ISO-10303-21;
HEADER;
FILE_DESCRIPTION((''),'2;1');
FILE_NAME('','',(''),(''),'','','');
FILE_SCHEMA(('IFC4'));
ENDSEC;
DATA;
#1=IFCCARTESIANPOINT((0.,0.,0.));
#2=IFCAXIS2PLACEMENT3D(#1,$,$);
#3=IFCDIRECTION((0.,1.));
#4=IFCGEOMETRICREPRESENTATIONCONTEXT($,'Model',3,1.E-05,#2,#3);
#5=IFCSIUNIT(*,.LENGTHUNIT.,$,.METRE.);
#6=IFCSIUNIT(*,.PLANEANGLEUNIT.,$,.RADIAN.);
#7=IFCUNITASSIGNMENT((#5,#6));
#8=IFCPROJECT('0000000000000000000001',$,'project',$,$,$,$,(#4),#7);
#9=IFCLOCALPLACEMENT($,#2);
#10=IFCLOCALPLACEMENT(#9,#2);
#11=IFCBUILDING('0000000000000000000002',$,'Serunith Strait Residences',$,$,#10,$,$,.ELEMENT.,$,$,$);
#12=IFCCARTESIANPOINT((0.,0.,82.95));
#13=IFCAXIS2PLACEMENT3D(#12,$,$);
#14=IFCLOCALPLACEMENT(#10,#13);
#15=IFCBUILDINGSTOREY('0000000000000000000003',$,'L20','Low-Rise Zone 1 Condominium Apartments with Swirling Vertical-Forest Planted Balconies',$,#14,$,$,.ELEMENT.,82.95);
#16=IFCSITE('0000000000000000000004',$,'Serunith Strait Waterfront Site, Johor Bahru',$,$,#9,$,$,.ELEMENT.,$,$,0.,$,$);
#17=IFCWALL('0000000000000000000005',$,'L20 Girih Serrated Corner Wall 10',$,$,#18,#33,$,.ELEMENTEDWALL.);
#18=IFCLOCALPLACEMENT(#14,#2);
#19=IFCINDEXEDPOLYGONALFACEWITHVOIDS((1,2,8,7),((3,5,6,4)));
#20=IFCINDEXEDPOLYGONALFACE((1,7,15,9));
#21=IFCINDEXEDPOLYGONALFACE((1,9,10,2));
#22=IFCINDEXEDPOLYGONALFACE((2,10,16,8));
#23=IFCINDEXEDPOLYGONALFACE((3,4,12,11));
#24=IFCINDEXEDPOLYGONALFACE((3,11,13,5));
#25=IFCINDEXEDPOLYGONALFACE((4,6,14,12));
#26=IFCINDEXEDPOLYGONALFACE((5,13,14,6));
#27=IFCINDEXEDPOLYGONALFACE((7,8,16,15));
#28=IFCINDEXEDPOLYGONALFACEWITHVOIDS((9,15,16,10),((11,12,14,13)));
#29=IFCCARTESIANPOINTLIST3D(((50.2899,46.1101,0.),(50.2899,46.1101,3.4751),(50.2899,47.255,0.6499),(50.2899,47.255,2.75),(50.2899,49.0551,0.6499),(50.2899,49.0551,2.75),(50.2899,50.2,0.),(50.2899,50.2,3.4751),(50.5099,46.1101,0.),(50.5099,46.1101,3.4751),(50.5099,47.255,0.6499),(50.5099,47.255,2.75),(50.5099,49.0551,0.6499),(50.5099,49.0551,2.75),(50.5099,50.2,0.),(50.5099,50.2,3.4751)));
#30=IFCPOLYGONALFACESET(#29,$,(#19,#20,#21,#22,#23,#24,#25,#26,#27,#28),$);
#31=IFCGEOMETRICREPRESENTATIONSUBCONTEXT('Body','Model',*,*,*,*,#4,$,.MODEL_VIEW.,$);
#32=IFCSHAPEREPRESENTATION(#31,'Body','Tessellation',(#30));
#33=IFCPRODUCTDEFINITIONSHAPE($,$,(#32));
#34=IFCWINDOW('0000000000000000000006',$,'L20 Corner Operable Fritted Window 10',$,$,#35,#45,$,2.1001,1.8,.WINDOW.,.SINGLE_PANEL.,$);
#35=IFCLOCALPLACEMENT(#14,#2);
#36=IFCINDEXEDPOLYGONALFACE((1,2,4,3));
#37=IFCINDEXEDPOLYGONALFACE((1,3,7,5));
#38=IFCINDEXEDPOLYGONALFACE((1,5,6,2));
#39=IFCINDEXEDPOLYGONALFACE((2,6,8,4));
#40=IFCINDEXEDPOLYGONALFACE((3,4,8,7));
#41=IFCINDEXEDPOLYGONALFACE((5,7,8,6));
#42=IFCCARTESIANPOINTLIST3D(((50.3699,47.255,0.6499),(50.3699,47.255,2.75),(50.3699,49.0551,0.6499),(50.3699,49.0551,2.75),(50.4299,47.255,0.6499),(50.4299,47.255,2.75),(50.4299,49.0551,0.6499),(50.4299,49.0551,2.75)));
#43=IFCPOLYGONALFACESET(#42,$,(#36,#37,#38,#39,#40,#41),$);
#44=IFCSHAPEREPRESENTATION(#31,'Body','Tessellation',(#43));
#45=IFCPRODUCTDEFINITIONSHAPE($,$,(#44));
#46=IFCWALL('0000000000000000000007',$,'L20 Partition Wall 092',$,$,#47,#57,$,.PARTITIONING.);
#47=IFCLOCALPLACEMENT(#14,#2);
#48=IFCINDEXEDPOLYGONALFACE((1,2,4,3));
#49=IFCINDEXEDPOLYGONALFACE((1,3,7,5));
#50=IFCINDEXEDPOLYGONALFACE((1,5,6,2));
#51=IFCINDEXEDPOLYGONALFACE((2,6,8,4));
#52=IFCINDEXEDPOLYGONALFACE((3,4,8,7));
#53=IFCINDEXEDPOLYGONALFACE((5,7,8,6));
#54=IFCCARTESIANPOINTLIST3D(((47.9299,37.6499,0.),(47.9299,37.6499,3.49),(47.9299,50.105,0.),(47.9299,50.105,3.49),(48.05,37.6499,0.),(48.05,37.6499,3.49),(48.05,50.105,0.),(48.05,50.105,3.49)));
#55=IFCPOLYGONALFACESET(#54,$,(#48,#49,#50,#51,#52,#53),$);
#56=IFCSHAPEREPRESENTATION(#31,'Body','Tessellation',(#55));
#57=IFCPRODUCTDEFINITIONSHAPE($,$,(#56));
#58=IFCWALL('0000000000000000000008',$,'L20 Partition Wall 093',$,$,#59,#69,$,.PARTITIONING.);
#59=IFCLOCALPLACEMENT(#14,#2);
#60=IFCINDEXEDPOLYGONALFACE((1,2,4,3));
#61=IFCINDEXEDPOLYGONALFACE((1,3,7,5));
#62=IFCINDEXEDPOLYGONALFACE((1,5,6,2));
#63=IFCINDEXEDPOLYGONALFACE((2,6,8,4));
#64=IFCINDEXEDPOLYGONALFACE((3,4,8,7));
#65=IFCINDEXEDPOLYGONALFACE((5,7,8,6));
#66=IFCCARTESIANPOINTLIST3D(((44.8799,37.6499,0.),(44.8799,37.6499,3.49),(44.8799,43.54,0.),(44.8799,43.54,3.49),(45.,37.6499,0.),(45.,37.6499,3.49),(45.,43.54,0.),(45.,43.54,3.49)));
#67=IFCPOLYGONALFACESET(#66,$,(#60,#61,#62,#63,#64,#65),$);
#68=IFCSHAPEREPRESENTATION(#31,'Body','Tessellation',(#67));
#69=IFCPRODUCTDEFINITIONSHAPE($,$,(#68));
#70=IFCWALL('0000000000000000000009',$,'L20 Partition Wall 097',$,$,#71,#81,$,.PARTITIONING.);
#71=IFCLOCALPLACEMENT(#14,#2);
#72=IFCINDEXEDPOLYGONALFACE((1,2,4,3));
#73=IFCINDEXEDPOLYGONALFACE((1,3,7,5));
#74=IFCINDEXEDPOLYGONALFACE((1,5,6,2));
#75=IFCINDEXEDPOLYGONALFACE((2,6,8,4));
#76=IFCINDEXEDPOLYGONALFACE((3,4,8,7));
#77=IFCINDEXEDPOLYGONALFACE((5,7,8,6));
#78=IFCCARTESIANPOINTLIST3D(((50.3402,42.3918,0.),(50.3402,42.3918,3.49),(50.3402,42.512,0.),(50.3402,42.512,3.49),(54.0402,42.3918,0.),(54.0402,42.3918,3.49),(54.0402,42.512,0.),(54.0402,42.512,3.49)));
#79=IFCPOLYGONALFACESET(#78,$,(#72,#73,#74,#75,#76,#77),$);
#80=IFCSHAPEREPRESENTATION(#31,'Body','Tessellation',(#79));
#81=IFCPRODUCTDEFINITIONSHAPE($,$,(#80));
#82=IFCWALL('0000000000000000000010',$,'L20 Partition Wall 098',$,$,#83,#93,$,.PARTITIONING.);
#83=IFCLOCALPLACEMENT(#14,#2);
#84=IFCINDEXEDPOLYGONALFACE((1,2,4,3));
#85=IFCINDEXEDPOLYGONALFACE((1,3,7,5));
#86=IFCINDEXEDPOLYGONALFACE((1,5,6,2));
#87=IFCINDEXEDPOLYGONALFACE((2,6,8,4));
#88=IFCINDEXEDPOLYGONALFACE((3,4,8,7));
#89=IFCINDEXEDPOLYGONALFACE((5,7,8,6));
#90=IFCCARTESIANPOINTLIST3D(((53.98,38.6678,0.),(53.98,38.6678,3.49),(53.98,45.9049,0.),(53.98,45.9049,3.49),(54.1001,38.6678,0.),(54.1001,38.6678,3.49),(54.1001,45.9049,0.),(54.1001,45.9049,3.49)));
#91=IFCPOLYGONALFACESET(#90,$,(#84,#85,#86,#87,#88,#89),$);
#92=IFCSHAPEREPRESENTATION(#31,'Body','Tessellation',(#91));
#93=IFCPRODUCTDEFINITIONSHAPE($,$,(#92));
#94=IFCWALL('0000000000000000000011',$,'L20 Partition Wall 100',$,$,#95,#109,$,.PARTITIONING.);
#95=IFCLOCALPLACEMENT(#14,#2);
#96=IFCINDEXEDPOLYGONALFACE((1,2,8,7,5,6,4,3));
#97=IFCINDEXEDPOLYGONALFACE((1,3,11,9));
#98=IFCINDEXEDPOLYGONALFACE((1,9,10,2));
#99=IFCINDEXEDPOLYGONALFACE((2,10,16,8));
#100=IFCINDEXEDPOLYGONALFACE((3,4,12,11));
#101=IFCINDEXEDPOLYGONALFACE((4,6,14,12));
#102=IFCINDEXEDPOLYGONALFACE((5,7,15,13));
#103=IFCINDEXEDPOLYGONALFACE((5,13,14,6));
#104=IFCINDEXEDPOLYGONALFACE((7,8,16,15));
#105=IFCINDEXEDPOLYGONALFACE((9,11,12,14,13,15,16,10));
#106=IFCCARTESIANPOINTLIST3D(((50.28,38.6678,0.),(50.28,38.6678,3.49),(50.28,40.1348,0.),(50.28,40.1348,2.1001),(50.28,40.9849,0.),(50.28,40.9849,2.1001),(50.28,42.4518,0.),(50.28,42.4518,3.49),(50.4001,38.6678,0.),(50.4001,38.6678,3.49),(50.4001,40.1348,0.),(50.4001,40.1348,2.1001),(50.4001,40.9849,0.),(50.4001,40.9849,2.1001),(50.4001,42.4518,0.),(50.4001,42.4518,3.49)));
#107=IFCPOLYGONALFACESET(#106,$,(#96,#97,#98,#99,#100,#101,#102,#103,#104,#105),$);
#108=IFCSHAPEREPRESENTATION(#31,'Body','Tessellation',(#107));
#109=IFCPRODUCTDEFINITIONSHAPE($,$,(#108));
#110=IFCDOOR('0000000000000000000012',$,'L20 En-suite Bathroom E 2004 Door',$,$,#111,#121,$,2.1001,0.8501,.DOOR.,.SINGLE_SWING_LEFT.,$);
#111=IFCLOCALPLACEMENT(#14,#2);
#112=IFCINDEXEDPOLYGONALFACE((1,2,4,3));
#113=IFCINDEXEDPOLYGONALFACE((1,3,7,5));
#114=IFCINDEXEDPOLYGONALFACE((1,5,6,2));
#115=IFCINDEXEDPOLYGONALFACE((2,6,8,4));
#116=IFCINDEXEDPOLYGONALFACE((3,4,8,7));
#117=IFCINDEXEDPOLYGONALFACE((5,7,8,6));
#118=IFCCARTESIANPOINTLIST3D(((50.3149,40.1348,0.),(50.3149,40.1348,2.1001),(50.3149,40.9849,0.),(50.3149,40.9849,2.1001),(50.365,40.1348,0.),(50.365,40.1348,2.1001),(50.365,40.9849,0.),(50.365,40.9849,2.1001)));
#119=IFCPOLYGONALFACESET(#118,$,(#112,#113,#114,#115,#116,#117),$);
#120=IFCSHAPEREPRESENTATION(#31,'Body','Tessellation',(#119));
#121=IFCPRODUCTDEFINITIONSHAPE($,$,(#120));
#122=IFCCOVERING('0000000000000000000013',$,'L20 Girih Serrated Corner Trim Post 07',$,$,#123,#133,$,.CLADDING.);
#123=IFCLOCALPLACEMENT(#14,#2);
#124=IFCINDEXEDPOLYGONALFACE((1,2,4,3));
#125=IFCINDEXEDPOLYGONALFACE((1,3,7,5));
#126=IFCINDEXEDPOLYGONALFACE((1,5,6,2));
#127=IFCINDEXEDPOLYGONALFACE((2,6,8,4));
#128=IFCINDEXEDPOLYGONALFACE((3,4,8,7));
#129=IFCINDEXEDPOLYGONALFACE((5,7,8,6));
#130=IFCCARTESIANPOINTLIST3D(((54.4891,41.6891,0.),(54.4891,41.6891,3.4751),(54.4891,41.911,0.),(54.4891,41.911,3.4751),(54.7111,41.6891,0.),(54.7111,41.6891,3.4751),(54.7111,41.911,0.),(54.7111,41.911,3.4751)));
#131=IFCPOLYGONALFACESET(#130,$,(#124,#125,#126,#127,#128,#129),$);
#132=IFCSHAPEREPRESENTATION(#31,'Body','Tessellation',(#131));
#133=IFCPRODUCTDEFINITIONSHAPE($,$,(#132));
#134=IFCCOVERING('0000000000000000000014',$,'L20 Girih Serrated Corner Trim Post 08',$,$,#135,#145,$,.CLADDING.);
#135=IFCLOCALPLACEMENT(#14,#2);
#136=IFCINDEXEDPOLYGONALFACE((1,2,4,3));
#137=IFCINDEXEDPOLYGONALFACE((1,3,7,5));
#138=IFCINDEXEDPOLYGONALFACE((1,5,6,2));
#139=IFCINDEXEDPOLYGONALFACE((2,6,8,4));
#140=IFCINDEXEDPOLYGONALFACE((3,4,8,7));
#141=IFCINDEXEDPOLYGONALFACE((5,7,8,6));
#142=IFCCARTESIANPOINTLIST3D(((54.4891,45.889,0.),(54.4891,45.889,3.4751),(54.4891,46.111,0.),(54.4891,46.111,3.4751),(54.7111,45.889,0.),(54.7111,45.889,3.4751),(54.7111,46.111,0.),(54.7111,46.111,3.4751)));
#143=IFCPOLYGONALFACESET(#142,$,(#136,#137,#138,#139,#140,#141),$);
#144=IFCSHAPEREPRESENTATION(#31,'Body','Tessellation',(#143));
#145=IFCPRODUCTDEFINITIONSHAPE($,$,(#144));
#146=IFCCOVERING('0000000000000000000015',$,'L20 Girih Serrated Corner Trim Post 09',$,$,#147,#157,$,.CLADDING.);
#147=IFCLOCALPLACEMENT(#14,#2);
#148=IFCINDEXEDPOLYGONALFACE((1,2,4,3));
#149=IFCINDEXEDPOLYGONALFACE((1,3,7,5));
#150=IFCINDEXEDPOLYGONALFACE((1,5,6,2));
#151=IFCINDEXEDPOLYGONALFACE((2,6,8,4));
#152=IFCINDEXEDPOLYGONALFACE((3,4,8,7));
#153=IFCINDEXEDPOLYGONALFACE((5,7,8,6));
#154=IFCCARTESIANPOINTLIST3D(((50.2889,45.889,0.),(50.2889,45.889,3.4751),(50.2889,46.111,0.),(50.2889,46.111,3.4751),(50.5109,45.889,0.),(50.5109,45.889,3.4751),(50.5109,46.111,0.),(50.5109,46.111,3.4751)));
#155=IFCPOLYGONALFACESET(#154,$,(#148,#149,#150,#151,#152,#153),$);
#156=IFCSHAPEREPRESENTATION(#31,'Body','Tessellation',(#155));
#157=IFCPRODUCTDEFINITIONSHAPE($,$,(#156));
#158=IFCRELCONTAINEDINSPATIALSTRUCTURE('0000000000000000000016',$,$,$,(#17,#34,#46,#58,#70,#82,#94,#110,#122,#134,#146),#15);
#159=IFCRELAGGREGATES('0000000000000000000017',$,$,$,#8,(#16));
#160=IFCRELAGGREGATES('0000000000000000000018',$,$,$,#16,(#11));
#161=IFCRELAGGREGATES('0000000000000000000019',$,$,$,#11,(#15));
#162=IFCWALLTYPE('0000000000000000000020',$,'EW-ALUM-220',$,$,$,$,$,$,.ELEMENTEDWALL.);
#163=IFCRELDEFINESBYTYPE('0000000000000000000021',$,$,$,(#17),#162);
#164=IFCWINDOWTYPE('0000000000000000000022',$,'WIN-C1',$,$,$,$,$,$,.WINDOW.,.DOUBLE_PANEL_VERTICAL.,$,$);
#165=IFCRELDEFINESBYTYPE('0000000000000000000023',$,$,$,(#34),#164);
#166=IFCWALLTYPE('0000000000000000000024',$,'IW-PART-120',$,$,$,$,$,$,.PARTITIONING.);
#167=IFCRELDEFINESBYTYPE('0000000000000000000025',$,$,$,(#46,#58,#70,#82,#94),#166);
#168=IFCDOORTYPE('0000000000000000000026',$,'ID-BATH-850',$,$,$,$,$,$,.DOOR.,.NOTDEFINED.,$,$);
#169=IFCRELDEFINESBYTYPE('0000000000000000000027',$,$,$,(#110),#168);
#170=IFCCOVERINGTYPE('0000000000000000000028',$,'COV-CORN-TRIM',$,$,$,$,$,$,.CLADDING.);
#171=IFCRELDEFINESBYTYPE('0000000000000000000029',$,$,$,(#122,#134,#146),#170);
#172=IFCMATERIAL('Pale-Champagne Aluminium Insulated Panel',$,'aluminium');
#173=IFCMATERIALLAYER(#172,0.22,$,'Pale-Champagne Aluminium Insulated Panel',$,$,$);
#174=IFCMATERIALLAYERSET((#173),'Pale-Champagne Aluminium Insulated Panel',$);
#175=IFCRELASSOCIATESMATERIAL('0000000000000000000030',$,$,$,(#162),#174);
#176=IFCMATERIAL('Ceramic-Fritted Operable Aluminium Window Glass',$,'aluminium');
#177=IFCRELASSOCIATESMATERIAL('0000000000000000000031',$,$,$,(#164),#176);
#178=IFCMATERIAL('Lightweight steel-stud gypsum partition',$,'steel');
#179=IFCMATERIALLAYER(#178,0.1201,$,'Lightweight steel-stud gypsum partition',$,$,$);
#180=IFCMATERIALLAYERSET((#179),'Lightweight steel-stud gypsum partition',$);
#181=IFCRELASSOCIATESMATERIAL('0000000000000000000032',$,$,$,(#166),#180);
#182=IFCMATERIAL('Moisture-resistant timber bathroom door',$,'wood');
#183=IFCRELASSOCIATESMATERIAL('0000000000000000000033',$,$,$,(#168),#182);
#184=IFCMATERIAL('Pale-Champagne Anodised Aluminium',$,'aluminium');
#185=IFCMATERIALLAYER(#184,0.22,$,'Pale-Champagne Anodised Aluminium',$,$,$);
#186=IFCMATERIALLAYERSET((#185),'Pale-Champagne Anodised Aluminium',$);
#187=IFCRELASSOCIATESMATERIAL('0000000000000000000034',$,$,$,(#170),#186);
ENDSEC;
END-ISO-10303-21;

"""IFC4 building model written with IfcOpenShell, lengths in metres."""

from ifc_helpers import new_model, si_unit, direction, frame, frame_2d, origin, origin_2d, place, context, subcontext, project, spatial, rectangle, extrude, source, transform, mapped, material, layer, layer_set, type_object, element, fill, save


model = new_model("IFC4")

# Units and contexts
model_context = context("Model", 3, precision=1e-05, world=origin(), true_north=direction((0.0, 1.0)))
body_context = subcontext(model_context, "Body", "Model", "MODEL_VIEW")
ifc_project = project(units=[si_unit("LENGTHUNIT", "METRE"), si_unit("PLANEANGLEUNIT", "RADIAN")], contexts=[model_context])

# Site, building, storey
site_placement = place(None, origin())
site = spatial("IfcSite", under=ifc_project, at=site_placement, Name="Serunith Strait Waterfront Site, Johor Bahru", CompositionType="ELEMENT", RefElevation=0.0)
building_placement = place(site_placement, origin())
building = spatial("IfcBuilding", under=site, at=building_placement, Name="Serunith Strait Residences", CompositionType="ELEMENT")
storey_placement = place(building_placement, frame((0.0, 0.0, 82.95)))
storey = spatial("IfcBuildingStorey", under=building, at=storey_placement, Name="L20", Description="Low-Rise Zone 1 Condominium Apartments with Swirling Vertical-Forest Planted Balconies", CompositionType="ELEMENT", Elevation=82.95)

# Shared definitions
ifc_material_1 = material(Name="Pale-Champagne Anodised Aluminium", Category="aluminium")

# Wall, opening, window
ifc_material_2 = material(Name="Pale-Champagne Aluminium Insulated Panel", Category="aluminium")
ifc_layer_1 = layer(ifc_material_2, 0.22, Name="Pale-Champagne Aluminium Insulated Panel")
ifc_layer_set_1 = layer_set([ifc_layer_1], Name="Pale-Champagne Aluminium Insulated Panel")
wall_type_1 = type_object("IfcWallType", Name="EW-ALUM-220", PredefinedType="ELEMENTEDWALL", material=ifc_layer_set_1)
ifc_material_3 = material(Name="Ceramic-Fritted Operable Aluminium Window Glass", Category="aluminium")
window_type = type_object("IfcWindowType", Name="WIN-C1", PartitioningType="DOUBLE_PANEL_VERTICAL", PredefinedType="WINDOW", material=ifc_material_3)
shared_shape_1 = source(origin(), body_context, "Body", "SweptSolid", [
    extrude(rectangle(XDim=1.8, YDim=2.1001, at=frame_2d((0.8999, 1.05))), frame((0.0, 0.03, 0.0), z_axis=(0.0, -1.0, 0.0), x_axis=(1.0, 0.0, 0.0)), (0.0, 0.0, 1.0), 0.0601),
])
wall_1_placement = place(storey_placement, frame((50.3999, 46.1101, 0.0), z_axis=(0.0, 0.0, 1.0), x_axis=(0.0, 1.0, 0.0)))
wall_1 = element("IfcWall", 1, at=wall_1_placement, inside=storey, type_object=wall_type_1, Name="L20 Girih Serrated Corner Wall 10", PredefinedType="ELEMENTEDWALL", context=body_context, shape_type="SweptSolid", body=[
    extrude(rectangle(XDim=4.0898, YDim=0.22, at=frame_2d((2.0449, 0.0))), origin(), (0.0, 0.0, 1.0), 3.4751),
])
opening_1_placement = place(wall_1_placement, frame((1.145, 0.0, 0.6499)))
opening_1 = element("IfcOpeningElement", 2, at=opening_1_placement, cuts=wall_1, PredefinedType="OPENING", context=body_context, shape_type="SweptSolid", body=[
    extrude(rectangle(XDim=1.8, YDim=2.1001, at=frame_2d((0.8999, 1.05))), frame((0.0, 0.1201, 0.0), z_axis=(0.0, -1.0, 0.0), x_axis=(1.0, 0.0, 0.0)), (0.0, 0.0, 1.0), 0.24),
])
window_1_placement = place(opening_1_placement, origin())
window_1 = element("IfcWindow", 3, at=window_1_placement, inside=storey, type_object=window_type, Name="L20 Corner Operable Fritted Window 10", OverallHeight=2.1001, OverallWidth=1.8, PartitioningType="SINGLE_PANEL", PredefinedType="WINDOW", context=body_context, shape_type="MappedRepresentation", body=[
    mapped(shared_shape_1, transform((0.0, 0.0, 0.0), scale=1.0)),
])
fill(opening_1, window_1)

# Walls
ifc_material_4 = material(Name="Lightweight steel-stud gypsum partition", Category="steel")
ifc_layer_2 = layer(ifc_material_4, 0.1201, Name="Lightweight steel-stud gypsum partition")
ifc_layer_set_2 = layer_set([ifc_layer_2], Name="Lightweight steel-stud gypsum partition")
wall_type_2 = type_object("IfcWallType", Name="IW-PART-120", PredefinedType="PARTITIONING", material=ifc_layer_set_2)
wall_2_placement = place(storey_placement, frame((47.99, 50.105, 0.0), z_axis=(0.0, 0.0, 1.0), x_axis=(0.0, -1.0, 0.0)))
element("IfcWall", 4, at=wall_2_placement, inside=storey, type_object=wall_type_2, Name="L20 Partition Wall 092", PredefinedType="PARTITIONING", context=body_context, shape_type="SweptSolid", body=[
    extrude(rectangle(XDim=12.4551, YDim=0.1201, at=frame_2d((6.2275, 0.0))), origin(), (0.0, 0.0, 1.0), 3.49),
])
wall_3_placement = place(storey_placement, frame((44.9399, 43.54, 0.0), z_axis=(0.0, 0.0, 1.0), x_axis=(0.0, -1.0, 0.0)))
element("IfcWall", 5, at=wall_3_placement, inside=storey, type_object=wall_type_2, Name="L20 Partition Wall 093", PredefinedType="PARTITIONING", context=body_context, shape_type="SweptSolid", body=[
    extrude(rectangle(XDim=5.8901, YDim=0.1201, at=frame_2d((2.9451, 0.0))), origin(), (0.0, 0.0, 1.0), 3.49),
])
wall_4_placement = place(storey_placement, frame((50.3401, 42.4519, 0.0), z_axis=(0.0, 0.0, 1.0), x_axis=(1.0, 0.0, 0.0)))
element("IfcWall", 6, at=wall_4_placement, inside=storey, type_object=wall_type_2, Name="L20 Partition Wall 097", PredefinedType="PARTITIONING", context=body_context, shape_type="SweptSolid", body=[
    extrude(rectangle(XDim=3.7, YDim=0.1201, at=frame_2d((1.8501, 0.0))), origin(), (0.0, 0.0, 1.0), 3.49),
])
wall_5_placement = place(storey_placement, frame((54.04, 45.905, 0.0), z_axis=(0.0, 0.0, 1.0), x_axis=(0.0, -1.0, 0.0)))
element("IfcWall", 7, at=wall_5_placement, inside=storey, type_object=wall_type_2, Name="L20 Partition Wall 098", PredefinedType="PARTITIONING", context=body_context, shape_type="SweptSolid", body=[
    extrude(rectangle(XDim=7.2371, YDim=0.1201, at=frame_2d((3.6187, 0.0))), origin(), (0.0, 0.0, 1.0), 3.49),
])

# Wall, opening, door
wall_6_placement = place(storey_placement, frame((50.3401, 42.4519, 0.0), z_axis=(0.0, 0.0, 1.0), x_axis=(0.0, -1.0, 0.0)))
wall_6 = element("IfcWall", 8, at=wall_6_placement, inside=storey, type_object=wall_type_2, Name="L20 Partition Wall 100", PredefinedType="PARTITIONING", context=body_context, shape_type="SweptSolid", body=[
    extrude(rectangle(XDim=3.7839, YDim=0.1201, at=frame_2d((1.8921, 0.0))), origin(), (0.0, 0.0, 1.0), 3.49),
])
opening_2_placement = place(wall_6_placement, frame((1.467, 0.0, 0.0)))
opening_2 = element("IfcOpeningElement", 9, at=opening_2_placement, cuts=wall_6, PredefinedType="OPENING", context=body_context, shape_type="SweptSolid", body=[
    extrude(rectangle(XDim=0.8501, YDim=2.1001, at=frame_2d((0.425, 1.05))), frame((0.0, 0.0701, 0.0), z_axis=(0.0, -1.0, 0.0), x_axis=(1.0, 0.0, 0.0)), (0.0, 0.0, 1.0), 0.1401),
])
ifc_material_5 = material(Name="Moisture-resistant timber bathroom door", Category="wood")
door_type = type_object("IfcDoorType", Name="ID-BATH-850", OperationType="NOTDEFINED", PredefinedType="DOOR", material=ifc_material_5)
shared_shape_2 = source(origin(), body_context, "Body", "SweptSolid", [
    extrude(rectangle(XDim=0.8501, YDim=2.1001, at=frame_2d((0.425, 1.05))), frame((0.0, 0.0249, 0.0), z_axis=(0.0, -1.0, 0.0), x_axis=(1.0, 0.0, 0.0)), (0.0, 0.0, 1.0), 0.05),
])
door_placement = place(opening_2_placement, origin())
door = element("IfcDoor", 10, at=door_placement, inside=storey, type_object=door_type, Name="L20 En-suite Bathroom E 2004 Door", OperationType="SINGLE_SWING_LEFT", OverallHeight=2.1001, OverallWidth=0.8501, PredefinedType="DOOR", context=body_context, shape_type="MappedRepresentation", body=[
    mapped(shared_shape_2, transform((0.0, 0.0, 0.0), scale=1.0)),
])
fill(opening_2, door)

# Coverings
ifc_layer_3 = layer(ifc_material_1, 0.22, Name="Pale-Champagne Anodised Aluminium")
ifc_layer_set_3 = layer_set([ifc_layer_3], Name="Pale-Champagne Anodised Aluminium")
covering_type = type_object("IfcCoveringType", Name="COV-CORN-TRIM", PredefinedType="CLADDING", material=ifc_layer_set_3)
shared_shape_3 = source(origin(), body_context, "Body", "SweptSolid", [
    extrude(rectangle(XDim=0.2219, YDim=0.2219, at=origin_2d()), origin(), (0.0, 0.0, 1.0), 3.4751),
])
for number, where, z_axis, x_axis, name in (
    (11, (54.6001, 41.8, 0.0), (0.0, 0.0, 1.0), (1.0, 0.0, 0.0), "L20 Girih Serrated Corner Trim Post 07"),
    (12, (54.6001, 46.0, 0.0), (0.0, 0.0, 1.0), (1.0, 0.0, 0.0), "L20 Girih Serrated Corner Trim Post 08"),
    (13, (50.3999, 46.0, 0.0), (0.0, 0.0, 1.0), (1.0, 0.0, 0.0), "L20 Girih Serrated Corner Trim Post 09"),
):
    element("IfcCovering", number, at=place(storey_placement, frame(where, z_axis=z_axis, x_axis=x_axis)), inside=storey, type_object=covering_type, Name=name, PredefinedType="CLADDING", context=body_context, shape_type="MappedRepresentation", body=[
        mapped(shared_shape_3, transform((0.0, 0.0, 0.0), scale=1.0)),
    ])

save(model, "model.ifc")
